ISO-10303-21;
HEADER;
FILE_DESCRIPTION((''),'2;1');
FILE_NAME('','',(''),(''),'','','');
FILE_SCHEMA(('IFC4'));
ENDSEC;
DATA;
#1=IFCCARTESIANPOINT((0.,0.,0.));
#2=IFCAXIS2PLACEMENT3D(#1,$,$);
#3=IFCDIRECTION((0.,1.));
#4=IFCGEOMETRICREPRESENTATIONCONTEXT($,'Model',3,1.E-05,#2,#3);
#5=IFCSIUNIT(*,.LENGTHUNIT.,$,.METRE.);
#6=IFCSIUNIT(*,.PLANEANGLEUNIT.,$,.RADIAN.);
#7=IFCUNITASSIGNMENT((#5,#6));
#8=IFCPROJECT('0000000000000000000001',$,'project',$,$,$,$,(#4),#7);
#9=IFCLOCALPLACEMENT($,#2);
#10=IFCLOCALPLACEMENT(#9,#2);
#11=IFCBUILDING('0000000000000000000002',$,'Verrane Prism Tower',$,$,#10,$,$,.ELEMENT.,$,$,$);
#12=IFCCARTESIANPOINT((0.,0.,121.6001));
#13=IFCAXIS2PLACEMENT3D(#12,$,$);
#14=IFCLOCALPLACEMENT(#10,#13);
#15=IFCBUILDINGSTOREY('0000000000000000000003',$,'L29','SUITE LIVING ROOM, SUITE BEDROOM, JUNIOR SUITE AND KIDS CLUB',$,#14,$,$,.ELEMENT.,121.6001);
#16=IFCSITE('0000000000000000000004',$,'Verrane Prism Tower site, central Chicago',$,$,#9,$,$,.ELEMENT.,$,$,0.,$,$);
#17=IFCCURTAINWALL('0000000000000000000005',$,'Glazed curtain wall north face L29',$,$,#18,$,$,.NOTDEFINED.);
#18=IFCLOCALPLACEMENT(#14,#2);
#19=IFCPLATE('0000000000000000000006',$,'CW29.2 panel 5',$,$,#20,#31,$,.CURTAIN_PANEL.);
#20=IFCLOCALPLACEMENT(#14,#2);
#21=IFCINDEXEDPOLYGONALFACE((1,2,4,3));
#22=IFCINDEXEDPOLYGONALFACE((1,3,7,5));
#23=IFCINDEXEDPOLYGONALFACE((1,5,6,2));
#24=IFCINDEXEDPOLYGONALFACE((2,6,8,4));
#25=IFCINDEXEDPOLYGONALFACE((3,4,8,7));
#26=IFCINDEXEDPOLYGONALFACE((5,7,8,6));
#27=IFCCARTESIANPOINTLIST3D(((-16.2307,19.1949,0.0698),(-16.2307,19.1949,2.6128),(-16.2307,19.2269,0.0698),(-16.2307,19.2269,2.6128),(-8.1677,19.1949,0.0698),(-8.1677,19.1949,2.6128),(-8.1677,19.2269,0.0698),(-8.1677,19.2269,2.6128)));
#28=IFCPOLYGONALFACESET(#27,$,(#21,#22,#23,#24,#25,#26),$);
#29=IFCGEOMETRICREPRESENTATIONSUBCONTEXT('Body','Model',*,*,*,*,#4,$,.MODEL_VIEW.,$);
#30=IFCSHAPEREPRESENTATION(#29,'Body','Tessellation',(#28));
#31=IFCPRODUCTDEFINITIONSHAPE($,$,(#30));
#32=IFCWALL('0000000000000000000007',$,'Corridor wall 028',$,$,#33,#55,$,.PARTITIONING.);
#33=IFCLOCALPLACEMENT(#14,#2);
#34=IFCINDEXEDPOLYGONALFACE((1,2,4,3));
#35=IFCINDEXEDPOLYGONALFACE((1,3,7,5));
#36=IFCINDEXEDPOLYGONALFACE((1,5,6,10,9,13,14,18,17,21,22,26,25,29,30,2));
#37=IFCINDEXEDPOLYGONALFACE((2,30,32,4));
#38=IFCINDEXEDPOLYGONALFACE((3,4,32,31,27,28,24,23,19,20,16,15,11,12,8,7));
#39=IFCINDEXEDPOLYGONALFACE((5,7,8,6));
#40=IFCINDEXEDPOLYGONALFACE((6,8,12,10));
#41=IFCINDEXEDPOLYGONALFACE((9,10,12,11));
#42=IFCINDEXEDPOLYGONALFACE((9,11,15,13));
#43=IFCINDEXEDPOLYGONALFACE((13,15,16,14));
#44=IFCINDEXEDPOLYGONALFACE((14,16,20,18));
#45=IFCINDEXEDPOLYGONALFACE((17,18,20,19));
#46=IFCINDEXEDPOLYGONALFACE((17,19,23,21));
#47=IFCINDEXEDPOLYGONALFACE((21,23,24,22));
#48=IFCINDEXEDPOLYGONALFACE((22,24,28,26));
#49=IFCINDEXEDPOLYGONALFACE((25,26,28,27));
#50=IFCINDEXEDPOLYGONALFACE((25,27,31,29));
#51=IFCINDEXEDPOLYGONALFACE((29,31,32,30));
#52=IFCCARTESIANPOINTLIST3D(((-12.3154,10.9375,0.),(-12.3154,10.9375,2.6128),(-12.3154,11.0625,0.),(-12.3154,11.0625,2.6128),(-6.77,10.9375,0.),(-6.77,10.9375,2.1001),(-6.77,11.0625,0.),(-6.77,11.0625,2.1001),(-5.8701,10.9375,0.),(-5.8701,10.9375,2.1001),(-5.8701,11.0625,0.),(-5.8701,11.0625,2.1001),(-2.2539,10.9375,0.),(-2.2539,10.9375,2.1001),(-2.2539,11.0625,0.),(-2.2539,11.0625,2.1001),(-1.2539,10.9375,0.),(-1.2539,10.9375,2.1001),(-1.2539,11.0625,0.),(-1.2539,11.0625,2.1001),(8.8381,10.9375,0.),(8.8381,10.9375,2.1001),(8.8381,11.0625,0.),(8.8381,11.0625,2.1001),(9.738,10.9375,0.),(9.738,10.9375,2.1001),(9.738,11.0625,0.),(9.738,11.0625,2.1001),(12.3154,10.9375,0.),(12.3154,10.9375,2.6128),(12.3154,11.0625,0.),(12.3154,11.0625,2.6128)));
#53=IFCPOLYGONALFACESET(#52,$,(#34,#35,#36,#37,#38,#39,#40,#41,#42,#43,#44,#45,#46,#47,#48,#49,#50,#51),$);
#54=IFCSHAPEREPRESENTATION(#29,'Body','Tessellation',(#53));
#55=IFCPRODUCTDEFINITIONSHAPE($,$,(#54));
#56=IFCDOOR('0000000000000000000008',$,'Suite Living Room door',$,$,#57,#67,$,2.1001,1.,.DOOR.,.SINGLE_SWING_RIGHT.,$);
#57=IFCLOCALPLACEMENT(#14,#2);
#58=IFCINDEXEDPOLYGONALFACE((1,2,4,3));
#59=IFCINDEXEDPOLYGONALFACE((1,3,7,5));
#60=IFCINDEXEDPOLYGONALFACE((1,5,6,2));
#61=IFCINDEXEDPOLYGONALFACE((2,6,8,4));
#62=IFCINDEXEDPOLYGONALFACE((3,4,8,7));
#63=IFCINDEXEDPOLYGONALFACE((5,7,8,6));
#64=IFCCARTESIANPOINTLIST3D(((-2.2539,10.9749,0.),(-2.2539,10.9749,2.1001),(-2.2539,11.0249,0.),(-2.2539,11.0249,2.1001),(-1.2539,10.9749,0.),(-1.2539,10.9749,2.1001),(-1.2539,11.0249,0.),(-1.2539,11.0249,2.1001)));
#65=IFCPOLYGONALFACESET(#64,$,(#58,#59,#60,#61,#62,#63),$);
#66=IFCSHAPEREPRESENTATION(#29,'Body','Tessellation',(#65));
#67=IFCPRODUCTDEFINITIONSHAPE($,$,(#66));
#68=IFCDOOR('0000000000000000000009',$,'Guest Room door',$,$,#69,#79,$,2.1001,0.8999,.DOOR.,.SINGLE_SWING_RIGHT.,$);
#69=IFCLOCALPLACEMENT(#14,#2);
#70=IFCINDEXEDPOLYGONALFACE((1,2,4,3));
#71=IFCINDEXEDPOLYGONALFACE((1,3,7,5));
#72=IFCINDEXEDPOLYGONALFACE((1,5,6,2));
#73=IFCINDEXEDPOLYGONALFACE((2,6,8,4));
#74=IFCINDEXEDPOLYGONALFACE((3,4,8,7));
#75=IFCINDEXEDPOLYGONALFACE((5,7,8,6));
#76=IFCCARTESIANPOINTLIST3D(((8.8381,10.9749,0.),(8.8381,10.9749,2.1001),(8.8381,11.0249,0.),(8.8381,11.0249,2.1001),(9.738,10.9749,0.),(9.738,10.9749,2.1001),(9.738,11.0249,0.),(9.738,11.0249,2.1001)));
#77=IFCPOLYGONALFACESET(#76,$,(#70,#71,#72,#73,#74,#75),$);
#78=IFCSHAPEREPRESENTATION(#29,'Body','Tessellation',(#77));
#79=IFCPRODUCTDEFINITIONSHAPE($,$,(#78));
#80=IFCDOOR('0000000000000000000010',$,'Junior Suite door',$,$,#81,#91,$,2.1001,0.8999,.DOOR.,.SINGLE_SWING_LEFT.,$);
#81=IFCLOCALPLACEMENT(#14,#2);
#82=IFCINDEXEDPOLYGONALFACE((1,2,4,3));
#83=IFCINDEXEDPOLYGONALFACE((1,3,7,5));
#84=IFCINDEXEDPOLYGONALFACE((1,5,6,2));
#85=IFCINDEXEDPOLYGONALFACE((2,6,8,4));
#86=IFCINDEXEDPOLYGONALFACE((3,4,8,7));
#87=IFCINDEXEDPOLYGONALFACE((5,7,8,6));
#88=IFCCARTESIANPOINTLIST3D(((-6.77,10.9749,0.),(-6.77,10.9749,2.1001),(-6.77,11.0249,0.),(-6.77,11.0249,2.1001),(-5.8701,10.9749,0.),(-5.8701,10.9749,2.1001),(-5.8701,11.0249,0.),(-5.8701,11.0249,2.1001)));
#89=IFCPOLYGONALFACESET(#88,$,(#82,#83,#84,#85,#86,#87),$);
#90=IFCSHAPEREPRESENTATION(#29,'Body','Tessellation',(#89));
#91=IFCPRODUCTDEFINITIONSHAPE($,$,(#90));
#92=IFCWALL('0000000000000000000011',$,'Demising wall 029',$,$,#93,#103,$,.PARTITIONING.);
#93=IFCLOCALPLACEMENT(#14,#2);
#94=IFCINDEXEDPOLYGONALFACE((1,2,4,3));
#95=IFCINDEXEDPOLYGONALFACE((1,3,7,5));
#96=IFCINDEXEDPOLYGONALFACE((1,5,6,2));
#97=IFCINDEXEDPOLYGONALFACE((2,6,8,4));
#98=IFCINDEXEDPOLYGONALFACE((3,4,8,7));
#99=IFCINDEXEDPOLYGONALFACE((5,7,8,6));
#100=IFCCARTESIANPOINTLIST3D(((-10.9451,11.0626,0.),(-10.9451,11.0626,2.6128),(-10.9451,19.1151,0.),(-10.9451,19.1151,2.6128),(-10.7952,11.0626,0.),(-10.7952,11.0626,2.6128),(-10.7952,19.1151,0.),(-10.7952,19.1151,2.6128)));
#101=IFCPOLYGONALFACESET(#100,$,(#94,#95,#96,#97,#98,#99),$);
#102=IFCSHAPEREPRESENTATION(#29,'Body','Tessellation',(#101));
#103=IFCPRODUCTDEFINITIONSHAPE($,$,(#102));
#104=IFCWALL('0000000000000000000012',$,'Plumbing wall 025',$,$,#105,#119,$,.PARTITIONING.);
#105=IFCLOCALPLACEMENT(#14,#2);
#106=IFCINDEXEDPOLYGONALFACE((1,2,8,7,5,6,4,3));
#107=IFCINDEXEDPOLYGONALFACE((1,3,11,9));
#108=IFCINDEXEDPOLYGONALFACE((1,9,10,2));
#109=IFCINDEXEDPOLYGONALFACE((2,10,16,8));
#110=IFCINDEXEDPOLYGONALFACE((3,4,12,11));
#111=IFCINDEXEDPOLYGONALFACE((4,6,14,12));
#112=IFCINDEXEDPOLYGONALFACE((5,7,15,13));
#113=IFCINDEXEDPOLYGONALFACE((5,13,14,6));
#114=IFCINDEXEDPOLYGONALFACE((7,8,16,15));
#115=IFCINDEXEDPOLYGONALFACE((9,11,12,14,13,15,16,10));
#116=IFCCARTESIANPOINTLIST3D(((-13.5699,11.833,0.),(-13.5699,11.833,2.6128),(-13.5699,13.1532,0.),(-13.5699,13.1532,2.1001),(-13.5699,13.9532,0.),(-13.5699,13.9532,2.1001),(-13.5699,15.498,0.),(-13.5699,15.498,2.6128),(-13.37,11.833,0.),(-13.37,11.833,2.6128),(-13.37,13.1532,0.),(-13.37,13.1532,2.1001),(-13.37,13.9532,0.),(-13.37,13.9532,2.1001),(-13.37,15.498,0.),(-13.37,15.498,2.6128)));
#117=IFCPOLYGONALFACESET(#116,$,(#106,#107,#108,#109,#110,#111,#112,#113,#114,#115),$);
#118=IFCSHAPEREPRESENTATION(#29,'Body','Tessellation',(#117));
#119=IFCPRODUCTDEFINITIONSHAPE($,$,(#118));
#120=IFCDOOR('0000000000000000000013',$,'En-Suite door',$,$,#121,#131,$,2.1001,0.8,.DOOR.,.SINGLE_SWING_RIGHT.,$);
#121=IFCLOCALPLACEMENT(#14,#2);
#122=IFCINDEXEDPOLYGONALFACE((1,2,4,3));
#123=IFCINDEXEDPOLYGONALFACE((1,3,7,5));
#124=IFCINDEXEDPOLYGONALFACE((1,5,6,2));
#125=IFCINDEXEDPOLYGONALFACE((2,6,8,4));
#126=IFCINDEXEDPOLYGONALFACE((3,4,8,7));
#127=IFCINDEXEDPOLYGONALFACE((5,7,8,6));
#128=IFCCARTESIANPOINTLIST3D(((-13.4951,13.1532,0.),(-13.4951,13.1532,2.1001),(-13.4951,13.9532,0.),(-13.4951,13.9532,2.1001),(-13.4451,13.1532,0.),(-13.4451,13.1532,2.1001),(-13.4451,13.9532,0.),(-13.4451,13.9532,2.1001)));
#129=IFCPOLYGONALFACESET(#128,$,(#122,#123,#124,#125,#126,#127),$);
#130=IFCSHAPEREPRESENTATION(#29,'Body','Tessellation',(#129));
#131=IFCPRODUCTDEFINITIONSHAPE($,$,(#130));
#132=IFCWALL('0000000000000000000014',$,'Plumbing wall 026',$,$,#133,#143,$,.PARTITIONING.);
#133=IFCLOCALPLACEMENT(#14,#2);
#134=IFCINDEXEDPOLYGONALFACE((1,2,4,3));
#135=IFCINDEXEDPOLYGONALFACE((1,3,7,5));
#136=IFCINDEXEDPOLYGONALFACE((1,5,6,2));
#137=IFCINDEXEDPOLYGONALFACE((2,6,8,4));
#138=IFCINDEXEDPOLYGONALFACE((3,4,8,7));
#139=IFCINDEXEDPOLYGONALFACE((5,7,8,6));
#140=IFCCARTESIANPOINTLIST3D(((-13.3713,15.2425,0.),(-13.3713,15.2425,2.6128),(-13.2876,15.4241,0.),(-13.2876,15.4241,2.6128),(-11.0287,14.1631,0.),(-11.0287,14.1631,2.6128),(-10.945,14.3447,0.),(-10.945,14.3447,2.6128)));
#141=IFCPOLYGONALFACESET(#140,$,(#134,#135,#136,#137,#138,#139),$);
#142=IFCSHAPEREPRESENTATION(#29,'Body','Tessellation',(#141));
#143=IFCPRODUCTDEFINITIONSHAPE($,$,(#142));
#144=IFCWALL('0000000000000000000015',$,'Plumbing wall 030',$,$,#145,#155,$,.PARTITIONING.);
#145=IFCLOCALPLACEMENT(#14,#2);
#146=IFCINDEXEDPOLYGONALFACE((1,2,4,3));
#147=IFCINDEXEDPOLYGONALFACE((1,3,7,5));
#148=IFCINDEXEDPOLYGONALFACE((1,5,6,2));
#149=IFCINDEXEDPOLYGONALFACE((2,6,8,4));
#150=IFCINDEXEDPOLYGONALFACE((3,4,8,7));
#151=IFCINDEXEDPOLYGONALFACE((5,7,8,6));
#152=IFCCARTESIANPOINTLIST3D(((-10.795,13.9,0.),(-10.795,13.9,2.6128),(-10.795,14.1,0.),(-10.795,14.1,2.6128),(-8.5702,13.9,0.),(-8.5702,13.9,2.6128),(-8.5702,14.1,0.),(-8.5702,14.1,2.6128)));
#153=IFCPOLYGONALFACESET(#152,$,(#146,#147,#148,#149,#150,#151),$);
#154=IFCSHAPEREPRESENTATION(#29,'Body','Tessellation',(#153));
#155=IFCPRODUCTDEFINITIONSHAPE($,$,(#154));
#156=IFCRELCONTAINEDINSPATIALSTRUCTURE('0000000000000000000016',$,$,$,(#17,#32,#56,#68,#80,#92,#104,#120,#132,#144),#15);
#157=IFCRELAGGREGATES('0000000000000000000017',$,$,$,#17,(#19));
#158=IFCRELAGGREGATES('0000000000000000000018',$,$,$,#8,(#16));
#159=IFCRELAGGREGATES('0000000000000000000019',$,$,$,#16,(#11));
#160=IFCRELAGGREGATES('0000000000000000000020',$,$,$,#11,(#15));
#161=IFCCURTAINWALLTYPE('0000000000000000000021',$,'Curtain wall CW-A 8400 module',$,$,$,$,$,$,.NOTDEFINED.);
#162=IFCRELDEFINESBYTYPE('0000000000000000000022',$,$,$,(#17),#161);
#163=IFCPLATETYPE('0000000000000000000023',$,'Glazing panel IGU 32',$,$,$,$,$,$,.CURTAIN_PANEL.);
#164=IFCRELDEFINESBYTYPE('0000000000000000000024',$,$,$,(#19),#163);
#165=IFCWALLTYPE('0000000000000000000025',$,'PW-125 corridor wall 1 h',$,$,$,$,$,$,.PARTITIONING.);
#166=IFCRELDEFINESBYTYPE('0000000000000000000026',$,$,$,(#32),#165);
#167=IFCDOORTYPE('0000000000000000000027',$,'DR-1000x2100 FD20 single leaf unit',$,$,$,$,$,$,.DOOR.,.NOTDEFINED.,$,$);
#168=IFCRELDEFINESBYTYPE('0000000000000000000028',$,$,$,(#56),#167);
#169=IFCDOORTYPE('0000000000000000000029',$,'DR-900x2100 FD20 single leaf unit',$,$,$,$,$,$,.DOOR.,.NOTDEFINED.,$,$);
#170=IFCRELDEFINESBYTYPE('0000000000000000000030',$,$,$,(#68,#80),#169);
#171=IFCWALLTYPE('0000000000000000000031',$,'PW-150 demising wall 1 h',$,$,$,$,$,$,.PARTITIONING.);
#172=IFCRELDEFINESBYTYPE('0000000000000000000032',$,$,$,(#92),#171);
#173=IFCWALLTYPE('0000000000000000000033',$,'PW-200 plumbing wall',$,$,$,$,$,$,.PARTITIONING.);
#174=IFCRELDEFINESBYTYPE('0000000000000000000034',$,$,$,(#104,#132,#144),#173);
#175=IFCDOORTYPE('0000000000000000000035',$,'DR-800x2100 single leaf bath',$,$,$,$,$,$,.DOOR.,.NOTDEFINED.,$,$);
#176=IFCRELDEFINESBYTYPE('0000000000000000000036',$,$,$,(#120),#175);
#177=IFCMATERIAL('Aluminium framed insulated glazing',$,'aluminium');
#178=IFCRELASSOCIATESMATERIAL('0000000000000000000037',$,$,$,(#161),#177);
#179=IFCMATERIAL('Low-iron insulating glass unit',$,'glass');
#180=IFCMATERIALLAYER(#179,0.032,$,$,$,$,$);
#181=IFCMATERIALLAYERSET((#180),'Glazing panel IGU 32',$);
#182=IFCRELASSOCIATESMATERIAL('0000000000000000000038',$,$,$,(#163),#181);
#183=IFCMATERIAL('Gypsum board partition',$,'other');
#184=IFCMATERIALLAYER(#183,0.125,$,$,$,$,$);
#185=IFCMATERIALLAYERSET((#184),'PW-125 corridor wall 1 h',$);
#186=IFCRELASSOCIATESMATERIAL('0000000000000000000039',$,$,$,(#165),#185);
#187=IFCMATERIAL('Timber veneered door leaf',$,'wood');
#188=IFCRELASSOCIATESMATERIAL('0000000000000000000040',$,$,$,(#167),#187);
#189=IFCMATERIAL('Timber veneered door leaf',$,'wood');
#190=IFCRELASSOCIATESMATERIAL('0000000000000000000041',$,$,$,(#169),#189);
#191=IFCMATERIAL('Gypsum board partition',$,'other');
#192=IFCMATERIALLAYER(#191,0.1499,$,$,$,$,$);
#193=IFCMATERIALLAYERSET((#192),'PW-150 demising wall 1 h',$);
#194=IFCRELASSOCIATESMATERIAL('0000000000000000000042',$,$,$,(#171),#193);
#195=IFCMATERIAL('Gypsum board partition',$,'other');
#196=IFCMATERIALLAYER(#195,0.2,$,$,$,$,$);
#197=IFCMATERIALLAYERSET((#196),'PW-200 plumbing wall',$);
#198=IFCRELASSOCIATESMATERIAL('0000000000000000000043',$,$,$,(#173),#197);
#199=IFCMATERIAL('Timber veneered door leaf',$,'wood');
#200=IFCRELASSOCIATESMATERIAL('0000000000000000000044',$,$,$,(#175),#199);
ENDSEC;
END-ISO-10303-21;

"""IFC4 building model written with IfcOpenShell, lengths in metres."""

from ifc_helpers import new_model, si_unit, direction, frame, frame_2d, origin, origin_2d, place, context, subcontext, project, spatial, rectangle, extrude, material, layer, layer_set, type_object, element, fill, aggregate, save


model = new_model("IFC4")

# Units and contexts
model_context = context("Model", 3, precision=1e-05, world=origin(), true_north=direction((0.0, 1.0)))
body_context = subcontext(model_context, "Body", "Model", "MODEL_VIEW")
ifc_project = project(units=[si_unit("LENGTHUNIT", "METRE"), si_unit("PLANEANGLEUNIT", "RADIAN")], contexts=[model_context])

# Site, building, storey
site_placement = place(None, origin())
site = spatial("IfcSite", under=ifc_project, at=site_placement, Name="Verrane Prism Tower site, central Chicago", CompositionType="ELEMENT", RefElevation=0.0)
building_placement = place(site_placement, origin())
building = spatial("IfcBuilding", under=site, at=building_placement, Name="Verrane Prism Tower", CompositionType="ELEMENT")
storey_placement = place(building_placement, frame((0.0, 0.0, 121.6001)))
storey = spatial("IfcBuildingStorey", under=building, at=storey_placement, Name="L29", Description="SUITE LIVING ROOM, SUITE BEDROOM, JUNIOR SUITE AND KIDS CLUB", CompositionType="ELEMENT", Elevation=121.6001)

# Curtain wall, plate
ifc_material_1 = material(Name="Aluminium framed insulated glazing", Category="aluminium")
curtain_wall_type = type_object("IfcCurtainWallType", Name="Curtain wall CW-A 8400 module", PredefinedType="NOTDEFINED", material=ifc_material_1)
curtain_wall_placement = place(storey_placement, origin())
curtain_wall = element("IfcCurtainWall", 1, at=curtain_wall_placement, inside=storey, type_object=curtain_wall_type, Name="Glazed curtain wall north face L29", PredefinedType="NOTDEFINED")
ifc_material_2 = material(Name="Low-iron insulating glass unit", Category="glass")
ifc_layer_1 = layer(ifc_material_2, 0.032)
ifc_layer_set_1 = layer_set([ifc_layer_1], Name="Glazing panel IGU 32")
plate_type = type_object("IfcPlateType", Name="Glazing panel IGU 32", PredefinedType="CURTAIN_PANEL", material=ifc_layer_set_1)
plate_placement = place(storey_placement, frame((-12.1992, 19.2109, 0.0698), z_axis=(0.0, 0.0, 1.0), x_axis=(-1.0, 0.0, 0.0)))
plate = element("IfcPlate", 2, at=plate_placement, type_object=plate_type, Name="CW29.2 panel 5", PredefinedType="CURTAIN_PANEL", context=body_context, shape_type="SweptSolid", body=[
    extrude(rectangle(XDim=8.063, YDim=0.032, at=origin_2d()), origin(), (0.0, 0.0, 1.0), 2.543),
])
aggregate(curtain_wall, [plate])

# Wall, openings, doors
ifc_material_3 = material(Name="Gypsum board partition", Category="other")
ifc_layer_2 = layer(ifc_material_3, 0.125)
ifc_layer_set_2 = layer_set([ifc_layer_2], Name="PW-125 corridor wall 1 h")
wall_type_1 = type_object("IfcWallType", Name="PW-125 corridor wall 1 h", PredefinedType="PARTITIONING", material=ifc_layer_set_2)
wall_1_placement = place(storey_placement, frame((-12.3154, 11.0, 0.0), z_axis=(0.0, 0.0, 1.0), x_axis=(1.0, 0.0, 0.0)))
wall_1 = element("IfcWall", 3, at=wall_1_placement, inside=storey, type_object=wall_type_1, Name="Corridor wall 028", PredefinedType="PARTITIONING", context=body_context, shape_type="SweptSolid", body=[
    extrude(rectangle(XDim=24.6309, YDim=0.125, at=frame_2d((12.3154, 0.0))), origin(), (0.0, 0.0, 1.0), 2.6128),
])
opening_1_placement = place(wall_1_placement, frame((21.1536, 0.0, 0.0)))
opening_1 = element("IfcOpeningElement", 4, at=opening_1_placement, cuts=wall_1, PredefinedType="OPENING", context=body_context, shape_type="SweptSolid", body=[
    extrude(rectangle(XDim=0.8999, YDim=2.1001, at=frame_2d((0.45, 1.05))), frame((0.0, 0.0725, 0.0), z_axis=(0.0, -1.0, 0.0), x_axis=(1.0, 0.0, 0.0)), (0.0, 0.0, 1.0), 0.145),
])
opening_2_placement = place(wall_1_placement, frame((10.0615, 0.0, 0.0)))
opening_2 = element("IfcOpeningElement", 5, at=opening_2_placement, cuts=wall_1, PredefinedType="OPENING", context=body_context, shape_type="SweptSolid", body=[
    extrude(rectangle(XDim=1.0, YDim=2.1001, at=frame_2d((0.5, 1.05))), frame((0.0, 0.0725, 0.0), z_axis=(0.0, -1.0, 0.0), x_axis=(1.0, 0.0, 0.0)), (0.0, 0.0, 1.0), 0.145),
])
opening_3_placement = place(wall_1_placement, frame((5.5454, 0.0, 0.0)))
opening_3 = element("IfcOpeningElement", 6, at=opening_3_placement, cuts=wall_1, PredefinedType="OPENING", context=body_context, shape_type="SweptSolid", body=[
    extrude(rectangle(XDim=0.8999, YDim=2.1001, at=frame_2d((0.45, 1.05))), frame((0.0, 0.0725, 0.0), z_axis=(0.0, -1.0, 0.0), x_axis=(1.0, 0.0, 0.0)), (0.0, 0.0, 1.0), 0.145),
])
ifc_material_4 = material(Name="Timber veneered door leaf", Category="wood")
door_type_1 = type_object("IfcDoorType", Name="DR-1000x2100 FD20 single leaf unit", OperationType="NOTDEFINED", PredefinedType="DOOR", material=ifc_material_4)
door_1_placement = place(opening_2_placement, origin())
door_1 = element("IfcDoor", 7, at=door_1_placement, inside=storey, type_object=door_type_1, Name="Suite Living Room door", OperationType="SINGLE_SWING_RIGHT", OverallHeight=2.1001, OverallWidth=1.0, PredefinedType="DOOR", context=body_context, shape_type="SweptSolid", body=[
    extrude(rectangle(XDim=1.0, YDim=2.1001, at=frame_2d((0.5, 1.05))), frame((0.0, 0.0249, 0.0), z_axis=(0.0, -1.0, 0.0), x_axis=(1.0, 0.0, 0.0)), (0.0, 0.0, 1.0), 0.05),
])
fill(opening_2, door_1)
ifc_material_5 = material(Name="Timber veneered door leaf", Category="wood")
door_type_2 = type_object("IfcDoorType", Name="DR-900x2100 FD20 single leaf unit", OperationType="NOTDEFINED", PredefinedType="DOOR", material=ifc_material_5)
door_2_placement = place(opening_1_placement, origin())
door_2 = element("IfcDoor", 8, at=door_2_placement, inside=storey, type_object=door_type_2, Name="Guest Room door", OperationType="SINGLE_SWING_RIGHT", OverallHeight=2.1001, OverallWidth=0.8999, PredefinedType="DOOR", context=body_context, shape_type="SweptSolid", body=[
    extrude(rectangle(XDim=0.8999, YDim=2.1001, at=frame_2d((0.45, 1.05))), frame((0.0, 0.0249, 0.0), z_axis=(0.0, -1.0, 0.0), x_axis=(1.0, 0.0, 0.0)), (0.0, 0.0, 1.0), 0.05),
])
fill(opening_1, door_2)
door_3_placement = place(opening_3_placement, origin())
door_3 = element("IfcDoor", 9, at=door_3_placement, inside=storey, type_object=door_type_2, Name="Junior Suite door", OperationType="SINGLE_SWING_LEFT", OverallHeight=2.1001, OverallWidth=0.8999, PredefinedType="DOOR", context=body_context, shape_type="SweptSolid", body=[
    extrude(rectangle(XDim=0.8999, YDim=2.1001, at=frame_2d((0.45, 1.05))), frame((0.0, 0.0249, 0.0), z_axis=(0.0, -1.0, 0.0), x_axis=(1.0, 0.0, 0.0)), (0.0, 0.0, 1.0), 0.05),
])
fill(opening_3, door_3)

# Wall
ifc_material_6 = material(Name="Gypsum board partition", Category="other")
ifc_layer_3 = layer(ifc_material_6, 0.1499)
ifc_layer_set_3 = layer_set([ifc_layer_3], Name="PW-150 demising wall 1 h")
wall_type_2 = type_object("IfcWallType", Name="PW-150 demising wall 1 h", PredefinedType="PARTITIONING", material=ifc_layer_set_3)
wall_2_placement = place(storey_placement, frame((-10.8701, 11.0625, 0.0), z_axis=(0.0, 0.0, 1.0), x_axis=(0.0, 1.0, 0.0)))
element("IfcWall", 10, at=wall_2_placement, inside=storey, type_object=wall_type_2, Name="Demising wall 029", PredefinedType="PARTITIONING", context=body_context, shape_type="SweptSolid", body=[
    extrude(rectangle(XDim=8.0525, YDim=0.1499, at=frame_2d((4.0264, 0.0))), origin(), (0.0, 0.0, 1.0), 2.6128),
])

# Wall, opening, door
ifc_material_7 = material(Name="Gypsum board partition", Category="other")
ifc_layer_4 = layer(ifc_material_7, 0.2)
ifc_layer_set_4 = layer_set([ifc_layer_4], Name="PW-200 plumbing wall")
wall_type_3 = type_object("IfcWallType", Name="PW-200 plumbing wall", PredefinedType="PARTITIONING", material=ifc_layer_set_4)
wall_3_placement = place(storey_placement, frame((-13.47, 15.498, 0.0), z_axis=(0.0, 0.0, 1.0), x_axis=(0.0, -1.0, 0.0)))
wall_3 = element("IfcWall", 11, at=wall_3_placement, inside=storey, type_object=wall_type_3, Name="Plumbing wall 025", PredefinedType="PARTITIONING", context=body_context, shape_type="SweptSolid", body=[
    extrude(rectangle(XDim=3.665, YDim=0.2, at=frame_2d((1.8325, 0.0))), origin(), (0.0, 0.0, 1.0), 2.6128),
])
opening_4_placement = place(wall_3_placement, frame((1.5449, 0.0, 0.0)))
opening_4 = element("IfcOpeningElement", 12, at=opening_4_placement, cuts=wall_3, PredefinedType="OPENING", context=body_context, shape_type="SweptSolid", body=[
    extrude(rectangle(XDim=0.8, YDim=2.1001, at=frame_2d((0.3999, 1.05))), frame((0.0, 0.1099, 0.0), z_axis=(0.0, -1.0, 0.0), x_axis=(1.0, 0.0, 0.0)), (0.0, 0.0, 1.0), 0.22),
])
ifc_material_8 = material(Name="Timber veneered door leaf", Category="wood")
door_type_3 = type_object("IfcDoorType", Name="DR-800x2100 single leaf bath", OperationType="NOTDEFINED", PredefinedType="DOOR", material=ifc_material_8)
door_4_placement = place(opening_4_placement, origin())
door_4 = element("IfcDoor", 13, at=door_4_placement, inside=storey, type_object=door_type_3, Name="En-Suite door", OperationType="SINGLE_SWING_RIGHT", OverallHeight=2.1001, OverallWidth=0.8, PredefinedType="DOOR", context=body_context, shape_type="SweptSolid", body=[
    extrude(rectangle(XDim=0.8, YDim=2.1001, at=frame_2d((0.3999, 1.05))), frame((0.0, 0.0249, 0.0), z_axis=(0.0, -1.0, 0.0), x_axis=(1.0, 0.0, 0.0)), (0.0, 0.0, 1.0), 0.05),
])
fill(opening_4, door_4)

# Walls
wall_4_placement = place(storey_placement, frame((-13.3293, 15.3333, 0.0), z_axis=(0.0, 0.0, 1.0), x_axis=(0.908228, -0.418476, 0.0)))
element("IfcWall", 14, at=wall_4_placement, inside=storey, type_object=wall_type_3, Name="Plumbing wall 026", PredefinedType="PARTITIONING", context=body_context, shape_type="SweptSolid", body=[
    extrude(rectangle(XDim=2.5793, YDim=0.2, at=frame_2d((1.2896, 0.0))), origin(), (0.0, 0.0, 1.0), 2.6128),
])
wall_5_placement = place(storey_placement, frame((-10.7949, 14.0, 0.0), z_axis=(0.0, 0.0, 1.0), x_axis=(1.0, 0.0, 0.0)))
element("IfcWall", 15, at=wall_5_placement, inside=storey, type_object=wall_type_3, Name="Plumbing wall 030", PredefinedType="PARTITIONING", context=body_context, shape_type="SweptSolid", body=[
    extrude(rectangle(XDim=2.2249, YDim=0.2, at=frame_2d((1.1123, 0.0))), origin(), (0.0, 0.0, 1.0), 2.6128),
])

save(model, "model.ifc")
